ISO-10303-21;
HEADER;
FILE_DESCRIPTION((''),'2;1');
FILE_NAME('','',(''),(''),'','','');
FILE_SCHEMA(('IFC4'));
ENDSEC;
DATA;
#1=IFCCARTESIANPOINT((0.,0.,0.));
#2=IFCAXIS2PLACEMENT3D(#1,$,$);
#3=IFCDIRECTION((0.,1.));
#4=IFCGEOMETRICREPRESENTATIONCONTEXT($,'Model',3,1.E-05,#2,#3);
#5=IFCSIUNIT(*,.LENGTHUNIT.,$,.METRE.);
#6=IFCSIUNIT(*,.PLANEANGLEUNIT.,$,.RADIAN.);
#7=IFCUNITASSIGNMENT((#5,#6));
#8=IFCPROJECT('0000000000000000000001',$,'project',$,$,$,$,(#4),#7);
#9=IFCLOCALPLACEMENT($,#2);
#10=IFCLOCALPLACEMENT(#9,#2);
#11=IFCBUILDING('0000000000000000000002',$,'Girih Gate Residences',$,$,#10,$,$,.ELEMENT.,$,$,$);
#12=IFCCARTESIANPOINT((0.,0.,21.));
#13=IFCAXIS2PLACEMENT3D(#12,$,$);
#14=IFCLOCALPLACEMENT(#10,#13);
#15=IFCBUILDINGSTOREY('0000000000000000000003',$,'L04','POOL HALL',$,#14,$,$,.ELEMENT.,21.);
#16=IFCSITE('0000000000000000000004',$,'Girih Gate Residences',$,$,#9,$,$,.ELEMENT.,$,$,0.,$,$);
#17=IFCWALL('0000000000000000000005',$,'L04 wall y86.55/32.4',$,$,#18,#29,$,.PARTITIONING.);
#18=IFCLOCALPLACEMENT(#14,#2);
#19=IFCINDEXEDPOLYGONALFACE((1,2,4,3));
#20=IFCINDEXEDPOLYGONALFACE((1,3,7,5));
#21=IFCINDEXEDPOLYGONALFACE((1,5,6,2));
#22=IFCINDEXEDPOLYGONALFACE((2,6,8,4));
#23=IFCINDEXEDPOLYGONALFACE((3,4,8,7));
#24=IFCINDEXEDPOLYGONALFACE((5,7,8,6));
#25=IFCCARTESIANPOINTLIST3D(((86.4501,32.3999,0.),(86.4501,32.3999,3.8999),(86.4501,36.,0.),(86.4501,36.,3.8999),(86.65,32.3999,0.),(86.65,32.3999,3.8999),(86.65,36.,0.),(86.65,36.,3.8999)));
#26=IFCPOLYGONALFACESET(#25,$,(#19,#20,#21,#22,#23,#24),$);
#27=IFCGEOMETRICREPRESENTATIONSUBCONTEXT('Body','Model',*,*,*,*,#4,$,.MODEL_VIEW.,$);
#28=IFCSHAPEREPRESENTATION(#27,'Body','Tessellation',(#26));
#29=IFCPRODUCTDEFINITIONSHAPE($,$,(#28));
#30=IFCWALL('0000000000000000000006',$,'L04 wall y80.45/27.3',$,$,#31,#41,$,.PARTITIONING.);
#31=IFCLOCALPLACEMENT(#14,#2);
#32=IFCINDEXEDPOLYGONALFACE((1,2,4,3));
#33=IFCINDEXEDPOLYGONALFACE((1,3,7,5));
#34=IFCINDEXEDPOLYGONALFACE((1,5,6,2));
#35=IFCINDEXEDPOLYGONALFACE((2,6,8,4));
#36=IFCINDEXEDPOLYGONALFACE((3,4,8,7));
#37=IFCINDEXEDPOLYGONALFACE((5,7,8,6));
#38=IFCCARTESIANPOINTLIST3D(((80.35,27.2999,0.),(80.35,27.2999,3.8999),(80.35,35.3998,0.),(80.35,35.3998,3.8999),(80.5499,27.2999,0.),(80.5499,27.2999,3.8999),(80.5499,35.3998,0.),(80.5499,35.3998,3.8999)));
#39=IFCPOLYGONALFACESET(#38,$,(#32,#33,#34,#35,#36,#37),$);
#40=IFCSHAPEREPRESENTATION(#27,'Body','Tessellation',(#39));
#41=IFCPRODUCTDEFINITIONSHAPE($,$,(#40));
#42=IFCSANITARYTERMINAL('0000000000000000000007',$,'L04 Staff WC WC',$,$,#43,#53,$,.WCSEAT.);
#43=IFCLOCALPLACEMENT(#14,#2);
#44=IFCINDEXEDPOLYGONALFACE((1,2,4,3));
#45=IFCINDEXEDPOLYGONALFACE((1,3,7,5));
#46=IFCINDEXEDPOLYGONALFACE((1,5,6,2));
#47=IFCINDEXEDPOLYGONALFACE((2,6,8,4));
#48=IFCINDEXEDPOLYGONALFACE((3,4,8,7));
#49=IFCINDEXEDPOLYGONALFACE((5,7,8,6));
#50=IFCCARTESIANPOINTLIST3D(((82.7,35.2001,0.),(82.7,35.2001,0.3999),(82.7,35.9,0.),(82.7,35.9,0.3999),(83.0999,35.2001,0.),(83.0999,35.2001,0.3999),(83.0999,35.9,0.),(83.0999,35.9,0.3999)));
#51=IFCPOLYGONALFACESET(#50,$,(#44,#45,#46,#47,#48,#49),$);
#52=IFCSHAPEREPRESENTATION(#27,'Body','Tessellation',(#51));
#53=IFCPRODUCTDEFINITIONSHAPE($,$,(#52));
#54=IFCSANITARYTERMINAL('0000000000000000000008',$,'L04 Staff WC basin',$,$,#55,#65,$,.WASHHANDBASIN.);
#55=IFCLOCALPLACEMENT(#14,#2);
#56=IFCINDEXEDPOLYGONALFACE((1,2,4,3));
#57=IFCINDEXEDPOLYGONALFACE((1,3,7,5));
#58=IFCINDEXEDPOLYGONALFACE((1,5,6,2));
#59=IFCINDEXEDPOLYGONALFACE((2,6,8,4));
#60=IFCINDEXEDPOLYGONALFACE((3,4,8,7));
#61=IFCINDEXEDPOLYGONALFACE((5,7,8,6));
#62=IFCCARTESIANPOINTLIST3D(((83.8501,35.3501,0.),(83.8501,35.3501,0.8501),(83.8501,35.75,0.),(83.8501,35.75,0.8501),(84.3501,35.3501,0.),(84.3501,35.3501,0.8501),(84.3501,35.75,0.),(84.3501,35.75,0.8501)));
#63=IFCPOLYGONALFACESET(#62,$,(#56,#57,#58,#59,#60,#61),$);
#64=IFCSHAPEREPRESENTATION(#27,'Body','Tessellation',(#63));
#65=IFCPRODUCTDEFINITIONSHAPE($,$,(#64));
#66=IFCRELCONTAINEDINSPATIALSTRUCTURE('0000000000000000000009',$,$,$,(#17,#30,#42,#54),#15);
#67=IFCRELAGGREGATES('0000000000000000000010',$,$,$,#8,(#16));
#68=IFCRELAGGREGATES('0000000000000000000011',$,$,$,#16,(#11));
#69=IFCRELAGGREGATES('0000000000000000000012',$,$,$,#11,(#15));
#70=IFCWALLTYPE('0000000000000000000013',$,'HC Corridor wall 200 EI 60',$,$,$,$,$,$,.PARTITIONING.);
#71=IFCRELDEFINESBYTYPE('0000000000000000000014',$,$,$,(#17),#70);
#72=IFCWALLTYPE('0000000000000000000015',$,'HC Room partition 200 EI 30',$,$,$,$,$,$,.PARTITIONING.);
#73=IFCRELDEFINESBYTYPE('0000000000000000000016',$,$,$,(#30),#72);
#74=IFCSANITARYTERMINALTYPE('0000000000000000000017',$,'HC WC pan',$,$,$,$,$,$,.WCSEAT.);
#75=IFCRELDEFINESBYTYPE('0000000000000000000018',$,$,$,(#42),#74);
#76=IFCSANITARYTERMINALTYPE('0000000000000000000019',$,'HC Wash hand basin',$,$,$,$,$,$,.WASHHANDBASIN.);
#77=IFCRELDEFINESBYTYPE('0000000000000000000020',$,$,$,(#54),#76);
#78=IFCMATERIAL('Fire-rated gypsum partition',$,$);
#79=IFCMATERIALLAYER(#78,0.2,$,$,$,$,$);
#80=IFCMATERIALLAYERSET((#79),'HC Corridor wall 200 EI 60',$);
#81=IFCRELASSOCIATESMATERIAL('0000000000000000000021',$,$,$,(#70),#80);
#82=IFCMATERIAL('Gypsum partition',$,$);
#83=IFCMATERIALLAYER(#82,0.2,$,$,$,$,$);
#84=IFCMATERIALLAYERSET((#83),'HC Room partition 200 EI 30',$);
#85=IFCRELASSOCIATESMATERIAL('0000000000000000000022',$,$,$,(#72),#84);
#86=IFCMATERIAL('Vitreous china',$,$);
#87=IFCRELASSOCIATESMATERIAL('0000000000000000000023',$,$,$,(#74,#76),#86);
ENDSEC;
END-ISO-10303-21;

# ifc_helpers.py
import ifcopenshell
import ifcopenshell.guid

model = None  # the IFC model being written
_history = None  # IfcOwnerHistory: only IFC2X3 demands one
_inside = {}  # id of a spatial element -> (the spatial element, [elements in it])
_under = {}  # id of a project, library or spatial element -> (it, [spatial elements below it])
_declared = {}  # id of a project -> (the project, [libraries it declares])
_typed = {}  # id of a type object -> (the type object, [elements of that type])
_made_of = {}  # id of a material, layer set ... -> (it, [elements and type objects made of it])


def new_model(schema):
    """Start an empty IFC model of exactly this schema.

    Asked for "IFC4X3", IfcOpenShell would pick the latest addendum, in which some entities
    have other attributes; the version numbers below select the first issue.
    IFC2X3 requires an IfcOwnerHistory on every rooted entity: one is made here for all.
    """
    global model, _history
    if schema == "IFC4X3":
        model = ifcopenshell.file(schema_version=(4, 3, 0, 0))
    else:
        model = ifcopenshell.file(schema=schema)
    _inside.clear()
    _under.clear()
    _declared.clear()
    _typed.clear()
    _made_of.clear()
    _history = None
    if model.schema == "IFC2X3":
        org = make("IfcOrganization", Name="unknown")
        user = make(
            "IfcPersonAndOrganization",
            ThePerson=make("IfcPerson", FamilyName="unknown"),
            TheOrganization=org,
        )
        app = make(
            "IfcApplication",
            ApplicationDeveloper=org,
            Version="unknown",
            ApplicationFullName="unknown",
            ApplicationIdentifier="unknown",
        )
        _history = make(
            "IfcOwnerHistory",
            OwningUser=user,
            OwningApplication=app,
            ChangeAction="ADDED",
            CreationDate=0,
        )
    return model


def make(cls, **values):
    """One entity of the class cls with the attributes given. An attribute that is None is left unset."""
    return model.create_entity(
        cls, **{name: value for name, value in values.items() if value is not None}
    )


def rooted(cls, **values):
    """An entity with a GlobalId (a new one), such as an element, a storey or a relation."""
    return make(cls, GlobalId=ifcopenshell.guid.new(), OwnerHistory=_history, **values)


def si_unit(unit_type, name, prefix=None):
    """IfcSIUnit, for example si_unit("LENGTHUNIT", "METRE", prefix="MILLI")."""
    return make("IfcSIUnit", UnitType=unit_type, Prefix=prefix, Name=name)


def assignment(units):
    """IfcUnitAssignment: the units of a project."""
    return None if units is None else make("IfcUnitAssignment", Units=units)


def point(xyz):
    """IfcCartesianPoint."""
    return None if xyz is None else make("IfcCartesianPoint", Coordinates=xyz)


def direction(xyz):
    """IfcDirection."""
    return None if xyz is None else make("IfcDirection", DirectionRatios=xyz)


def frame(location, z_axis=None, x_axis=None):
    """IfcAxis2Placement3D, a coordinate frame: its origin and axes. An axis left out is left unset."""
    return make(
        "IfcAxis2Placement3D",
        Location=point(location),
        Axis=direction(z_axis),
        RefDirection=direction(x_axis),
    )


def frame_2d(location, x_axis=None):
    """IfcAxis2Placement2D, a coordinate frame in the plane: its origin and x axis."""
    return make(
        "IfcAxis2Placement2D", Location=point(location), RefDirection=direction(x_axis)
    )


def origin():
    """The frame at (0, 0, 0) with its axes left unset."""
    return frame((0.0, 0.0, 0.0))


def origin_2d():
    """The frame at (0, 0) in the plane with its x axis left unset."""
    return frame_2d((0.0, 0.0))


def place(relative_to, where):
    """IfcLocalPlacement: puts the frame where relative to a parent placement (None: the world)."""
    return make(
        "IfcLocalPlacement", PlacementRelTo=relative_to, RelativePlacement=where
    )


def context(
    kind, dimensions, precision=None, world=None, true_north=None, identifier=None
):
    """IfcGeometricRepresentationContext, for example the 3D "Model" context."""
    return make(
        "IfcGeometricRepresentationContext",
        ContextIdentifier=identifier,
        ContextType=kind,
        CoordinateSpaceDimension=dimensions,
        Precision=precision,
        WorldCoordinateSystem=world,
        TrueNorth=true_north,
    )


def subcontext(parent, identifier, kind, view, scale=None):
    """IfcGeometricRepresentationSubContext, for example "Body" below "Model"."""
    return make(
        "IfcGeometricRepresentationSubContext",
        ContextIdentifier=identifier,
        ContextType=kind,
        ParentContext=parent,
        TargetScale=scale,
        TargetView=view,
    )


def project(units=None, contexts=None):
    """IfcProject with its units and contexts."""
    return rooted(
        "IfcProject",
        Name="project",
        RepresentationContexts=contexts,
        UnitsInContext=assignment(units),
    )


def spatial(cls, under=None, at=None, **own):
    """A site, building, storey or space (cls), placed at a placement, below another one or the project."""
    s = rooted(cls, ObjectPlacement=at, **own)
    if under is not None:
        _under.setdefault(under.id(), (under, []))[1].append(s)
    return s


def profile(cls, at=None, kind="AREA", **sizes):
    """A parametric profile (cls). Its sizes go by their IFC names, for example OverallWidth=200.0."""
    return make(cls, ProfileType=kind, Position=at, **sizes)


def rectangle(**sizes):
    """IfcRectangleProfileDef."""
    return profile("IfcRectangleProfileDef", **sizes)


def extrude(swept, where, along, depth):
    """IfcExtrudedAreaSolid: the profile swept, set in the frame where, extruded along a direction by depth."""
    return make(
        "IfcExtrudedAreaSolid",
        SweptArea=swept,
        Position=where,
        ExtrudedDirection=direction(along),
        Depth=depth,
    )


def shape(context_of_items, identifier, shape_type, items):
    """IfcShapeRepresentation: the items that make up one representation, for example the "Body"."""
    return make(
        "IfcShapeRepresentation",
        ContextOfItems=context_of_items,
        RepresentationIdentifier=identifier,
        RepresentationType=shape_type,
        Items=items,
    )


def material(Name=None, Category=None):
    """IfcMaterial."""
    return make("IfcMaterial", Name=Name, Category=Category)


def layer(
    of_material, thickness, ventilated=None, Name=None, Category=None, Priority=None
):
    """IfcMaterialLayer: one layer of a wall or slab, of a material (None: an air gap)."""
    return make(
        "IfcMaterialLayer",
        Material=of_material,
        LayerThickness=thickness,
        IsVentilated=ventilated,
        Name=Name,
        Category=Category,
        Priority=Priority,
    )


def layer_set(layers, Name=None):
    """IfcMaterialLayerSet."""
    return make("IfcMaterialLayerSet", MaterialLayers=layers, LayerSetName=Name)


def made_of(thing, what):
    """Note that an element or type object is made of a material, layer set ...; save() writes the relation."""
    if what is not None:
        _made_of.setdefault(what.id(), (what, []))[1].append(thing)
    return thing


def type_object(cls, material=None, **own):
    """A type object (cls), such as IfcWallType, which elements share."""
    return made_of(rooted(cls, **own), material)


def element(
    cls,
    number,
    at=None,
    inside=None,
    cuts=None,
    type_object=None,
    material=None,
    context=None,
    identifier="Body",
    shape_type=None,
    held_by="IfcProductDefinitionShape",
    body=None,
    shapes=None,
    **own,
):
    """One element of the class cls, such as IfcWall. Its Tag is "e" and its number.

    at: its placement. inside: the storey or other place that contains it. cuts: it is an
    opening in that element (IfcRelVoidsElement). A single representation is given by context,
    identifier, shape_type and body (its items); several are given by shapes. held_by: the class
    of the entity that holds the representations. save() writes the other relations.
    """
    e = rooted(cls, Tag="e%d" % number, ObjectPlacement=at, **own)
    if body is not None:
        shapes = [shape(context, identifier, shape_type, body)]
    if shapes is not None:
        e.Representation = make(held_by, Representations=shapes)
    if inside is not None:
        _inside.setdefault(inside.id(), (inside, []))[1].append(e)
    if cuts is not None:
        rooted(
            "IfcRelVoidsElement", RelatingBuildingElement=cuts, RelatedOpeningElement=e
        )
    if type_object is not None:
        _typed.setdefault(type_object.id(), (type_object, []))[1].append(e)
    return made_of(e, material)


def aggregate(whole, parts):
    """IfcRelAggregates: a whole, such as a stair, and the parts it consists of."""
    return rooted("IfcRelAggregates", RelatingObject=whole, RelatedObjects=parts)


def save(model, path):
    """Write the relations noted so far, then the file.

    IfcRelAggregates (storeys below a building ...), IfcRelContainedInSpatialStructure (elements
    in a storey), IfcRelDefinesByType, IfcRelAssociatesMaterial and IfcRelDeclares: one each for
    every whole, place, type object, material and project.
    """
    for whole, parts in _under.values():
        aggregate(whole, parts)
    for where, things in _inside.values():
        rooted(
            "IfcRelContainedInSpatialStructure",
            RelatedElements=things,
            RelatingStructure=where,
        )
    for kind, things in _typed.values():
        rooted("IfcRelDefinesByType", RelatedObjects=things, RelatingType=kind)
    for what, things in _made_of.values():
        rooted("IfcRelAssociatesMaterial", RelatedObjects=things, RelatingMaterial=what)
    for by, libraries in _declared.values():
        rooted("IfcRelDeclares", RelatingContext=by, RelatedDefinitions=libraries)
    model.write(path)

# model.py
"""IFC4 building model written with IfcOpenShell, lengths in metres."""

from ifc_helpers import new_model, si_unit, direction, frame, frame_2d, origin, origin_2d, place, context, subcontext, project, spatial, rectangle, extrude, material, layer, layer_set, type_object, element, save


model = new_model("IFC4")

# Units and contexts
model_context = context("Model", 3, precision=1e-05, world=origin(), true_north=direction((0.0, 1.0)))
body_context = subcontext(model_context, "Body", "Model", "MODEL_VIEW")
ifc_project = project(units=[si_unit("LENGTHUNIT", "METRE"), si_unit("PLANEANGLEUNIT", "RADIAN")], contexts=[model_context])

# Site, building, storey
site_placement = place(None, origin())
site = spatial("IfcSite", under=ifc_project, at=site_placement, Name="Girih Gate Residences", CompositionType="ELEMENT", RefElevation=0.0)
building_placement = place(site_placement, origin())
building = spatial("IfcBuilding", under=site, at=building_placement, Name="Girih Gate Residences", CompositionType="ELEMENT")
storey_placement = place(building_placement, frame((0.0, 0.0, 21.0)))
storey = spatial("IfcBuildingStorey", under=building, at=storey_placement, Name="L04", Description="POOL HALL", CompositionType="ELEMENT", Elevation=21.0)

# Shared definitions
ifc_material_1 = material(Name="Fire-rated gypsum partition")
ifc_layer_1 = layer(ifc_material_1, 0.2)
ifc_layer_set_1 = layer_set([ifc_layer_1], Name="HC Corridor wall 200 EI 60")
wall_type_1 = type_object("IfcWallType", Name="HC Corridor wall 200 EI 60", PredefinedType="PARTITIONING", material=ifc_layer_set_1)

# Walls
wall_1_placement = place(storey_placement, frame((86.55, 32.3999, 0.0), z_axis=(0.0, 0.0, 1.0), x_axis=(0.0, 1.0, 0.0)))
element("IfcWall", 1, at=wall_1_placement, inside=storey, type_object=wall_type_1, Name="L04 wall y86.55/32.4", PredefinedType="PARTITIONING", context=body_context, shape_type="SweptSolid", body=[
    extrude(rectangle(XDim=3.6001, YDim=0.2, at=frame_2d((1.8, 0.0))), origin(), (0.0, 0.0, 1.0), 3.8999),
])
ifc_material_2 = material(Name="Gypsum partition")
ifc_layer_2 = layer(ifc_material_2, 0.2)
ifc_layer_set_2 = layer_set([ifc_layer_2], Name="HC Room partition 200 EI 30")
wall_type_2 = type_object("IfcWallType", Name="HC Room partition 200 EI 30", PredefinedType="PARTITIONING", material=ifc_layer_set_2)
wall_2_placement = place(storey_placement, frame((80.45, 27.3, 0.0), z_axis=(0.0, 0.0, 1.0), x_axis=(0.0, 1.0, 0.0)))
element("IfcWall", 2, at=wall_2_placement, inside=storey, type_object=wall_type_2, Name="L04 wall y80.45/27.3", PredefinedType="PARTITIONING", context=body_context, shape_type="SweptSolid", body=[
    extrude(rectangle(XDim=8.0999, YDim=0.2, at=frame_2d((4.0498, 0.0))), origin(), (0.0, 0.0, 1.0), 3.8999),
])

# Sanitary terminals
ifc_material_3 = material(Name="Vitreous china")
sanitary_terminal_type_1 = type_object("IfcSanitaryTerminalType", Name="HC WC pan", PredefinedType="WCSEAT", material=ifc_material_3)
sanitary_terminal_1_placement = place(storey_placement, frame((82.8999, 35.55, 0.0), z_axis=(0.0, 0.0, 1.0), x_axis=(1.0, 0.0, 0.0)))
element("IfcSanitaryTerminal", 3, at=sanitary_terminal_1_placement, inside=storey, type_object=sanitary_terminal_type_1, Name="L04 Staff WC WC", PredefinedType="WCSEAT", context=body_context, shape_type="SweptSolid", body=[
    extrude(rectangle(XDim=0.3999, YDim=0.7, at=origin_2d()), origin(), (0.0, 0.0, 1.0), 0.3999),
])
sanitary_terminal_type_2 = type_object("IfcSanitaryTerminalType", Name="HC Wash hand basin", PredefinedType="WASHHANDBASIN", material=ifc_material_3)
sanitary_terminal_2_placement = place(storey_placement, frame((84.1001, 35.55, 0.0), z_axis=(0.0, 0.0, 1.0), x_axis=(1.0, 0.0, 0.0)))
element("IfcSanitaryTerminal", 4, at=sanitary_terminal_2_placement, inside=storey, type_object=sanitary_terminal_type_2, Name="L04 Staff WC basin", PredefinedType="WASHHANDBASIN", context=body_context, shape_type="SweptSolid", body=[
    extrude(rectangle(XDim=0.5, YDim=0.3999, at=origin_2d()), origin(), (0.0, 0.0, 1.0), 0.8501),
])

save(model, "model.ifc")
